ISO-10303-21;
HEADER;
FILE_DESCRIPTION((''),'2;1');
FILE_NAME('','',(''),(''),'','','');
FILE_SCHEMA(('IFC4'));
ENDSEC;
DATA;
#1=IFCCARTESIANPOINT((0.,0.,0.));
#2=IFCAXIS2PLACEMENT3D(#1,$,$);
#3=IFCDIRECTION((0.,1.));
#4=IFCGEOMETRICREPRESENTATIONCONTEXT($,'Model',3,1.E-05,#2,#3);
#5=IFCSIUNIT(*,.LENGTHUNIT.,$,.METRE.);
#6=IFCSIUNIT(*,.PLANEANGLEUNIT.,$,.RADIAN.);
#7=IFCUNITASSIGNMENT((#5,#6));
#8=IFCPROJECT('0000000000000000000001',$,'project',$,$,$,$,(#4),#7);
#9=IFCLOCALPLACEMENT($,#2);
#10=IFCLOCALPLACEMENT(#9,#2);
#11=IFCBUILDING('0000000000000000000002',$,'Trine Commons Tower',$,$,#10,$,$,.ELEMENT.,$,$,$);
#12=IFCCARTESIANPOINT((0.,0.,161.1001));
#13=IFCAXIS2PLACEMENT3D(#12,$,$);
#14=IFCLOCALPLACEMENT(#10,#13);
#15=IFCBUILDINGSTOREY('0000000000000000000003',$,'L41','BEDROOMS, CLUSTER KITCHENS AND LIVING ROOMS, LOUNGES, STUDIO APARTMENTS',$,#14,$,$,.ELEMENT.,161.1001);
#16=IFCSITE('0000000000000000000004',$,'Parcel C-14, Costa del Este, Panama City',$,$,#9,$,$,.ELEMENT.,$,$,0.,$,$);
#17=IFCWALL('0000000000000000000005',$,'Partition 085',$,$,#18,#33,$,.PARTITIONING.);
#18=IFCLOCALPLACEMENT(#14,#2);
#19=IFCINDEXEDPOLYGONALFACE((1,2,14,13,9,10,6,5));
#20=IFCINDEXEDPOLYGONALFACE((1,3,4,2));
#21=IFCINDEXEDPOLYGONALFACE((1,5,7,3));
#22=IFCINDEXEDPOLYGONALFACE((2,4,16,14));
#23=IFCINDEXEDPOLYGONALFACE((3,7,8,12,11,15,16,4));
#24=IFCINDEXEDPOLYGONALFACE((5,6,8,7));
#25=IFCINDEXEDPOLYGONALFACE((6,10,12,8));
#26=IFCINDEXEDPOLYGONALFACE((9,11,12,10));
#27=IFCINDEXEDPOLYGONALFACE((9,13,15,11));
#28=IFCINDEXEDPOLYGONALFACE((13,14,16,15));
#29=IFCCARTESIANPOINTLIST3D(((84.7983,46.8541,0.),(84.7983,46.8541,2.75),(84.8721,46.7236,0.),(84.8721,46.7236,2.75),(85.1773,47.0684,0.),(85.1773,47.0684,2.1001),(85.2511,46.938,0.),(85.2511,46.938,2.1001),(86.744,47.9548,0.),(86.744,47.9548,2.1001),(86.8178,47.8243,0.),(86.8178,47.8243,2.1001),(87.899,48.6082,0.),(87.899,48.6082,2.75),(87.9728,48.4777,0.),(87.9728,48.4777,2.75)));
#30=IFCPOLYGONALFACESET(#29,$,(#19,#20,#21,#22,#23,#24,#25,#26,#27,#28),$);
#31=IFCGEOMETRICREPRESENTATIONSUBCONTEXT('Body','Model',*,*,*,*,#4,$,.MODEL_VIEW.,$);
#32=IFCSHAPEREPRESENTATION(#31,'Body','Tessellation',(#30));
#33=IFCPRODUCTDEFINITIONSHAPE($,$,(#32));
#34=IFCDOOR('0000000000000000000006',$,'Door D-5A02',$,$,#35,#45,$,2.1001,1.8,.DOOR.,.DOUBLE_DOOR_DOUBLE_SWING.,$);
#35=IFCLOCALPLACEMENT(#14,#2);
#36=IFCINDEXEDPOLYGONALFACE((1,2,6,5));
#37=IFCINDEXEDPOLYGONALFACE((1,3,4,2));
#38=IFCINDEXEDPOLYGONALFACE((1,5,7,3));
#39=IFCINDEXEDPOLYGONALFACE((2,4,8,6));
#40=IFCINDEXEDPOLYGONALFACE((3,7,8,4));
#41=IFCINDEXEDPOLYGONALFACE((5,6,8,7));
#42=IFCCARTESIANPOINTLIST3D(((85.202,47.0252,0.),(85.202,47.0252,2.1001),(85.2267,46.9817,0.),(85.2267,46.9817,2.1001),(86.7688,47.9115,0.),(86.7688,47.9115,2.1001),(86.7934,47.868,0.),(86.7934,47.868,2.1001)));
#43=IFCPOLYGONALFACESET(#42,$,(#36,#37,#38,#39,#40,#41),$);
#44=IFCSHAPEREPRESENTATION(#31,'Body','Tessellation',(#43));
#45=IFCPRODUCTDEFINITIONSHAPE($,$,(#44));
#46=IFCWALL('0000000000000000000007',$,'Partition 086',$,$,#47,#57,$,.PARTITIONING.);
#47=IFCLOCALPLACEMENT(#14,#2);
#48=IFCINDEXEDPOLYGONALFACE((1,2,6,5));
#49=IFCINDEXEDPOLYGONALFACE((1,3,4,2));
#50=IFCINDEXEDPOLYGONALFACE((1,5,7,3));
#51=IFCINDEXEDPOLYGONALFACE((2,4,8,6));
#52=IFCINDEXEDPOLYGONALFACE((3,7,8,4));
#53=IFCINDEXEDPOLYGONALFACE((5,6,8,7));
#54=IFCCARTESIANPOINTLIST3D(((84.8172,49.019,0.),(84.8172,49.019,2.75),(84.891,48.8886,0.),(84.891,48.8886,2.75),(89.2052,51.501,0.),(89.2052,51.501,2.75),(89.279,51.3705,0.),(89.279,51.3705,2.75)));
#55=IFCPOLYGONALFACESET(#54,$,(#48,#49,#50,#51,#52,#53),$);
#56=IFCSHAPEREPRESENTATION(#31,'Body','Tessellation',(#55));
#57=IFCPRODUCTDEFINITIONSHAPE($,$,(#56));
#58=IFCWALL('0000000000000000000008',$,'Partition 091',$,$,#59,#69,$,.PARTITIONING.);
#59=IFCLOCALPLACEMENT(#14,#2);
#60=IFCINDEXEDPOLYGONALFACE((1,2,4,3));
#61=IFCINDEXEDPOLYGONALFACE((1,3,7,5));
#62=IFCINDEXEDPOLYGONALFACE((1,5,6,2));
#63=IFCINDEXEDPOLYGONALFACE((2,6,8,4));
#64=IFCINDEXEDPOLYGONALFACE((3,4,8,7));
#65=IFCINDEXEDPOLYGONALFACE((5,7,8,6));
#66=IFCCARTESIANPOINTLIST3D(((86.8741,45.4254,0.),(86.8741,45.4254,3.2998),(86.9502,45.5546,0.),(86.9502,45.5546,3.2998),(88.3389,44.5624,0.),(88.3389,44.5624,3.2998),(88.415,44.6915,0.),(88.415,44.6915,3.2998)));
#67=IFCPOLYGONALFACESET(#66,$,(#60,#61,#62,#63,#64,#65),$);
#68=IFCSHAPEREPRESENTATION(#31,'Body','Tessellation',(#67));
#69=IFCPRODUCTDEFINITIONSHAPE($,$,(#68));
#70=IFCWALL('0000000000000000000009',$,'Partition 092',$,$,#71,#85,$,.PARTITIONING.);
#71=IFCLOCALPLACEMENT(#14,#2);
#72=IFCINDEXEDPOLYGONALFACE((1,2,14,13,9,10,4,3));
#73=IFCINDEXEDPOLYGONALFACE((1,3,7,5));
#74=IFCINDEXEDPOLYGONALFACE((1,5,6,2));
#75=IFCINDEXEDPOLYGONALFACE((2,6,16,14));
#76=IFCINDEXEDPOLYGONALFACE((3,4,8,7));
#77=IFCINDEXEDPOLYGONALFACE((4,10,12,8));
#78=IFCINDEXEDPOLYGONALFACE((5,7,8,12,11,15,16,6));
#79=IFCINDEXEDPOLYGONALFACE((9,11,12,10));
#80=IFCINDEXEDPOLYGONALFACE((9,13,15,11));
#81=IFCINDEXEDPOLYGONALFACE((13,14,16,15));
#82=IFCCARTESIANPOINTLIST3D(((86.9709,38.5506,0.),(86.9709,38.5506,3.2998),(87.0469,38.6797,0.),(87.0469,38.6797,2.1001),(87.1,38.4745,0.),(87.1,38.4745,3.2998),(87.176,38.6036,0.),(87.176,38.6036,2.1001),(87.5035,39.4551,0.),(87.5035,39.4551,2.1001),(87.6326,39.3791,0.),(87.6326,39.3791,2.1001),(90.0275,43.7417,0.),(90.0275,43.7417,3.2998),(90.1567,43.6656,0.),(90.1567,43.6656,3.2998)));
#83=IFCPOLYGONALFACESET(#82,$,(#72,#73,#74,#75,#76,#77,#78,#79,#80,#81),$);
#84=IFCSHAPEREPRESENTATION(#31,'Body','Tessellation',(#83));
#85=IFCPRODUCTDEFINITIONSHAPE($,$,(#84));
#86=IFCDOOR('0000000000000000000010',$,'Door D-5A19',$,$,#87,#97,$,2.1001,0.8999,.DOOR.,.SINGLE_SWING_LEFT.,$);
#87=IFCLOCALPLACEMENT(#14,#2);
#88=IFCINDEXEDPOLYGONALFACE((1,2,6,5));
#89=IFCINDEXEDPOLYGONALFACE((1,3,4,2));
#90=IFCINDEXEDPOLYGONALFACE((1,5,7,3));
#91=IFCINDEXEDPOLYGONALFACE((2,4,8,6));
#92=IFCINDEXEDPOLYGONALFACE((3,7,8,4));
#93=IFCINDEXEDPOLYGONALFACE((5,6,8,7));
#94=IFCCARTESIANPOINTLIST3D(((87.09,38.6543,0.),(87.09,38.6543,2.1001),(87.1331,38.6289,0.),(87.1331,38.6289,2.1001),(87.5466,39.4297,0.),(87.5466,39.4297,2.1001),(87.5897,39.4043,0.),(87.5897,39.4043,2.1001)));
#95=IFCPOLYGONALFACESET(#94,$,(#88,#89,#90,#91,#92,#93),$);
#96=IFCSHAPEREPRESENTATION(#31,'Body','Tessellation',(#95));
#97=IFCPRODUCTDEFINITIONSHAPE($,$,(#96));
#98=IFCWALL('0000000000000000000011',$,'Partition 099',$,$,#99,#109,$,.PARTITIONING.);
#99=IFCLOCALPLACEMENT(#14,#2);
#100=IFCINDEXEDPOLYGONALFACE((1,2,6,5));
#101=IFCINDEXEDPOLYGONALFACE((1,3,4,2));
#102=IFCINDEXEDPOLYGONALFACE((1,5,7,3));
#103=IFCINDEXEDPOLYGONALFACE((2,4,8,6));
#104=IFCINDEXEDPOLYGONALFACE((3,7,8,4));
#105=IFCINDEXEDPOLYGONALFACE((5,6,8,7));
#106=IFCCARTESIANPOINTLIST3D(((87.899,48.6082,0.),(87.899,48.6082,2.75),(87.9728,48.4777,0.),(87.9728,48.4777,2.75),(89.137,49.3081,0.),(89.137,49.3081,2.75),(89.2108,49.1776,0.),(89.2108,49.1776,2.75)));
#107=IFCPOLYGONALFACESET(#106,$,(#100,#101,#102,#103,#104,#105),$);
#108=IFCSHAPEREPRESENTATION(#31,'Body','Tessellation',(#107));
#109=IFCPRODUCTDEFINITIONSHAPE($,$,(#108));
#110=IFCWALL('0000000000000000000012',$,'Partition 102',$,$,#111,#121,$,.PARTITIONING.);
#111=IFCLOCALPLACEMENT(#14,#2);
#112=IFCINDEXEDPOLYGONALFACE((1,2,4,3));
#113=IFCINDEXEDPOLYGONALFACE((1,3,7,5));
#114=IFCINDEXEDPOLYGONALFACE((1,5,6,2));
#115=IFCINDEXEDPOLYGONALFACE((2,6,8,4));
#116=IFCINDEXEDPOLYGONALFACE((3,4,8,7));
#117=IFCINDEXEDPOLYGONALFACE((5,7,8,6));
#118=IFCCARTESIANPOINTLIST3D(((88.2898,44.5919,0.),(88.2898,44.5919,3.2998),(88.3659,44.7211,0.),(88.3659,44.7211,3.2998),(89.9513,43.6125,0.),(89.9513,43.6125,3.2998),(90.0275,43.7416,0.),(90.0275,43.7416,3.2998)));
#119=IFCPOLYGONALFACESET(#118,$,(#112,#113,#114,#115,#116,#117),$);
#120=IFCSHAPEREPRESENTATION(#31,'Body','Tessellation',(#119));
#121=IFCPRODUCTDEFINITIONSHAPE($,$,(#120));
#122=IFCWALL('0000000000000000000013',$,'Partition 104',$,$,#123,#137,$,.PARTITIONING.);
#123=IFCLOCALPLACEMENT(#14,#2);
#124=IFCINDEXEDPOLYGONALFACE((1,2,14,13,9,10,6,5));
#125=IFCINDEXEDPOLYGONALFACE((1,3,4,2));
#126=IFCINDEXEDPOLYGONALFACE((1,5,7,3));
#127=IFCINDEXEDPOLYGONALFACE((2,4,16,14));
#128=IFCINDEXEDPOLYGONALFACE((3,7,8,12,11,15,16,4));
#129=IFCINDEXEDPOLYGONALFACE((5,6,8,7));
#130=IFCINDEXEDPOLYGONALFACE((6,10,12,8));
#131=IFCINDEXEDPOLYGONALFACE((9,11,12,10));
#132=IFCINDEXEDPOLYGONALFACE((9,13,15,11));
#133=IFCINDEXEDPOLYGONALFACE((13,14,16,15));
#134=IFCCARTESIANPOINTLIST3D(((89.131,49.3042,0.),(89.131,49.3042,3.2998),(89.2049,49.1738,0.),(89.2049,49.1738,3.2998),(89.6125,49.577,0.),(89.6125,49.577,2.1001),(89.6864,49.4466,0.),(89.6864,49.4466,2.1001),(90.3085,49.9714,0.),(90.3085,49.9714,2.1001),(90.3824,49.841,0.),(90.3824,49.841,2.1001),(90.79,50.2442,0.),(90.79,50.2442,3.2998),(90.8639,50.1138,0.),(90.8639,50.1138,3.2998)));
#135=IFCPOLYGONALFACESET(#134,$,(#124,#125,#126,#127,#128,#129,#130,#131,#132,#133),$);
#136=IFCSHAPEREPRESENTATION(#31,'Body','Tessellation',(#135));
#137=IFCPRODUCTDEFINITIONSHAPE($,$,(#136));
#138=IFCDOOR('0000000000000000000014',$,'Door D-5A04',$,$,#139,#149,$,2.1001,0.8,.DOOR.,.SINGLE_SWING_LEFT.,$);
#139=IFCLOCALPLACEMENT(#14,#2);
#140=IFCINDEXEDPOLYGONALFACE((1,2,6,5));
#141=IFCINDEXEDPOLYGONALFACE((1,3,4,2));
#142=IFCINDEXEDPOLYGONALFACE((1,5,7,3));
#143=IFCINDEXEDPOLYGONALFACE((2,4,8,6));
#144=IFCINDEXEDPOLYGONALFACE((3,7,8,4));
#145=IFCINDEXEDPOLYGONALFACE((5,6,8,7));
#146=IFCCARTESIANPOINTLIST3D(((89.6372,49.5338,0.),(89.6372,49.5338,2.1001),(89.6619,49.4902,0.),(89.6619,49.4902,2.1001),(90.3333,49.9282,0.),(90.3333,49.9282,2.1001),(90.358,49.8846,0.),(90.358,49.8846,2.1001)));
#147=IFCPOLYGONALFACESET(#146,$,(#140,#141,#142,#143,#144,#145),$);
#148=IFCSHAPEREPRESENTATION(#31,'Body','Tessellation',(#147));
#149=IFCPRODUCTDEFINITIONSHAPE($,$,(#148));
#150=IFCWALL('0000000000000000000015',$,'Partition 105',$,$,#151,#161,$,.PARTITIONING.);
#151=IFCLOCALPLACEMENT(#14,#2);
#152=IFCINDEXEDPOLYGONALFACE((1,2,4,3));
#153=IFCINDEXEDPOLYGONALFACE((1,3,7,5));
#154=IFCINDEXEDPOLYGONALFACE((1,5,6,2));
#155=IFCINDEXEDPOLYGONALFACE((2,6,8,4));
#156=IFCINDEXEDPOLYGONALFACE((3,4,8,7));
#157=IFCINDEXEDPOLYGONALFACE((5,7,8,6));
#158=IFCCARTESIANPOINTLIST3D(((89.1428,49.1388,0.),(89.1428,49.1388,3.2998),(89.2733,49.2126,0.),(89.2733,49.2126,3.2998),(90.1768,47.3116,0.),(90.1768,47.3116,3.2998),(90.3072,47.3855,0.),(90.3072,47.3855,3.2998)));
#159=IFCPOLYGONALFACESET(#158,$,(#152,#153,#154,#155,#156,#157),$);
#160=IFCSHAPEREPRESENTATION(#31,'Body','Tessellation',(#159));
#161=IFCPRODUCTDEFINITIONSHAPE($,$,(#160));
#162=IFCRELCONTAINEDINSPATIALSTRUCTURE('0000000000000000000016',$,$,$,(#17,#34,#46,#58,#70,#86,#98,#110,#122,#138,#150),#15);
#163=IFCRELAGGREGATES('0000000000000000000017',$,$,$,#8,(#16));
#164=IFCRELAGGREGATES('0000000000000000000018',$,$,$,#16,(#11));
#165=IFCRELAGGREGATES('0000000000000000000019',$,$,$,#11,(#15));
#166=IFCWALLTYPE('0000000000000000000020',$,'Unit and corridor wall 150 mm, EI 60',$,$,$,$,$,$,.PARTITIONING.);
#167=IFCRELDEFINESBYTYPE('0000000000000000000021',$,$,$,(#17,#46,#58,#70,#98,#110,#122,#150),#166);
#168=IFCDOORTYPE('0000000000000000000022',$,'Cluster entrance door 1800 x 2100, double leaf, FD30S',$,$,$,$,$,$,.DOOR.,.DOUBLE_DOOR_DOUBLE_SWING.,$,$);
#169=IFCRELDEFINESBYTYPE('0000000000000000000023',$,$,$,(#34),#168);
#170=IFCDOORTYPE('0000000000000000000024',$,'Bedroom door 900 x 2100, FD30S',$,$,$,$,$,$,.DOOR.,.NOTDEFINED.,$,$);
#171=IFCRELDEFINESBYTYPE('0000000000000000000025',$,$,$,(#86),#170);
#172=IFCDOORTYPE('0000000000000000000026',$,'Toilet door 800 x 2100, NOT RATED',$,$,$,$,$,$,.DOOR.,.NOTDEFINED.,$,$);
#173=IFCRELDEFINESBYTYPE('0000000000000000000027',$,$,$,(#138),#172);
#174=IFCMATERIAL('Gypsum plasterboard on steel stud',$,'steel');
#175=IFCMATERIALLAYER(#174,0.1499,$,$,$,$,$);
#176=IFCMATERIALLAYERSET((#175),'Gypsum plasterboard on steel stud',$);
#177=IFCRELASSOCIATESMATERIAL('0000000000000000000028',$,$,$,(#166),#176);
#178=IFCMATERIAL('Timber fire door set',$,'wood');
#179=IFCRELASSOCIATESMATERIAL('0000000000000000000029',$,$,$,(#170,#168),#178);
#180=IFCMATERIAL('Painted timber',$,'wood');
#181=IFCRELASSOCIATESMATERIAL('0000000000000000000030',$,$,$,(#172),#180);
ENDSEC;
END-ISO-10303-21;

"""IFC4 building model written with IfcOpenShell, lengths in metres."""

from ifc_helpers import new_model, si_unit, direction, frame, frame_2d, origin, place, context, subcontext, project, spatial, rectangle, extrude, material, layer, layer_set, type_object, element, fill, save


model = new_model("IFC4")

# Units and contexts
model_context = context("Model", 3, precision=1e-05, world=origin(), true_north=direction((0.0, 1.0)))
body_context = subcontext(model_context, "Body", "Model", "MODEL_VIEW")
ifc_project = project(units=[si_unit("LENGTHUNIT", "METRE"), si_unit("PLANEANGLEUNIT", "RADIAN")], contexts=[model_context])

# Site, building, storey
site_placement = place(None, origin())
site = spatial("IfcSite", under=ifc_project, at=site_placement, Name="Parcel C-14, Costa del Este, Panama City", CompositionType="ELEMENT", RefElevation=0.0)
building_placement = place(site_placement, origin())
building = spatial("IfcBuilding", under=site, at=building_placement, Name="Trine Commons Tower", CompositionType="ELEMENT")
storey_placement = place(building_placement, frame((0.0, 0.0, 161.1001)))
storey = spatial("IfcBuildingStorey", under=building, at=storey_placement, Name="L41", Description="BEDROOMS, CLUSTER KITCHENS AND LIVING ROOMS, LOUNGES, STUDIO APARTMENTS", CompositionType="ELEMENT", Elevation=161.1001)

# Shared definitions
ifc_material_1 = material(Name="Gypsum plasterboard on steel stud", Category="steel")
ifc_layer_1 = layer(ifc_material_1, 0.1499)
ifc_layer_set_1 = layer_set([ifc_layer_1], Name="Gypsum plasterboard on steel stud")
wall_type_1 = type_object("IfcWallType", Name="Unit and corridor wall 150 mm, EI 60", PredefinedType="PARTITIONING", material=ifc_layer_set_1)

# Shared definitions
ifc_material_2 = material(Name="Timber fire door set", Category="wood")
door_type_1 = type_object("IfcDoorType", Name="Bedroom door 900 x 2100, FD30S", OperationType="NOTDEFINED", PredefinedType="DOOR", material=ifc_material_2)

# Wall, opening, door
wall_1_placement = place(storey_placement, frame((84.8352, 46.7888, 0.0), z_axis=(0.0, 0.0, 1.0), x_axis=(0.870382, 0.492378, 0.0)))
wall_1 = element("IfcWall", 1, at=wall_1_placement, inside=storey, type_object=wall_type_1, Name="Partition 085", PredefinedType="PARTITIONING", context=body_context, shape_type="SweptSolid", body=[
    extrude(rectangle(XDim=3.5625, YDim=0.1499, at=frame_2d((1.7812, 0.0))), origin(), (0.0, 0.0, 1.0), 2.75),
])
opening_1_placement = place(wall_1_placement, frame((0.4355, 0.0, 0.0)))
opening_1 = element("IfcOpeningElement", 2, at=opening_1_placement, cuts=wall_1, PredefinedType="OPENING", context=body_context, shape_type="SweptSolid", body=[
    extrude(rectangle(XDim=1.8, YDim=2.1001, at=frame_2d((0.8999, 1.05))), frame((0.0, 0.085, 0.0), z_axis=(0.0, -1.0, 0.0), x_axis=(1.0, 0.0, 0.0)), (0.0, 0.0, 1.0), 0.1699),
])
door_type_2 = type_object("IfcDoorType", Name="Cluster entrance door 1800 x 2100, double leaf, FD30S", OperationType="DOUBLE_DOOR_DOUBLE_SWING", PredefinedType="DOOR", material=ifc_material_2)
door_1_placement = place(opening_1_placement, frame((1.8, 0.0, 0.0), z_axis=(0.0, 0.0, 1.0), x_axis=(-1.0, 0.0, 0.0)))
door_1 = element("IfcDoor", 3, at=door_1_placement, inside=storey, type_object=door_type_2, Name="Door D-5A02", OperationType="DOUBLE_DOOR_DOUBLE_SWING", OverallHeight=2.1001, OverallWidth=1.8, PredefinedType="DOOR", context=body_context, shape_type="SweptSolid", body=[
    extrude(rectangle(XDim=1.8, YDim=2.1001, at=frame_2d((0.8999, 1.05))), frame((0.0, 0.0249, 0.0), z_axis=(0.0, -1.0, 0.0), x_axis=(1.0, 0.0, 0.0)), (0.0, 0.0, 1.0), 0.05),
])
fill(opening_1, door_1)

# Walls
wall_2_placement = place(storey_placement, frame((84.8542, 48.9539, 0.0), z_axis=(0.0, 0.0, 1.0), x_axis=(0.87041, 0.492327, 0.0)))
element("IfcWall", 4, at=wall_2_placement, inside=storey, type_object=wall_type_1, Name="Partition 086", PredefinedType="PARTITIONING", context=body_context, shape_type="SweptSolid", body=[
    extrude(rectangle(XDim=5.0413, YDim=0.1499, at=frame_2d((2.5205, 0.0))), origin(), (0.0, 0.0, 1.0), 2.75),
])
wall_3_placement = place(storey_placement, frame((86.9121, 45.49, 0.0), z_axis=(0.0, 0.0, 1.0), x_axis=(0.861583, -0.507616, 0.0)))
element("IfcWall", 5, at=wall_3_placement, inside=storey, type_object=wall_type_1, Name="Partition 091", PredefinedType="PARTITIONING", context=body_context, shape_type="SweptSolid", body=[
    extrude(rectangle(XDim=1.7002, YDim=0.1499, at=frame_2d((0.8501, 0.0))), origin(), (0.0, 0.0, 1.0), 3.2998),
])

# Wall, opening, door
wall_4_placement = place(storey_placement, frame((87.0354, 38.5125, 0.0), z_axis=(0.0, 0.0, 1.0), x_axis=(0.507392, 0.861715, 0.0)))
wall_4 = element("IfcWall", 6, at=wall_4_placement, inside=storey, type_object=wall_type_1, Name="Partition 092", PredefinedType="PARTITIONING", context=body_context, shape_type="SweptSolid", body=[
    extrude(rectangle(XDim=6.0242, YDim=0.1499, at=frame_2d((3.0122, 0.0))), origin(), (0.0, 0.0, 1.0), 3.2998),
])
opening_2_placement = place(wall_4_placement, frame((0.1499, 0.0, 0.0)))
opening_2 = element("IfcOpeningElement", 7, at=opening_2_placement, cuts=wall_4, PredefinedType="OPENING", context=body_context, shape_type="SweptSolid", body=[
    extrude(rectangle(XDim=0.8999, YDim=2.1001, at=frame_2d((0.45, 1.05))), frame((0.0, 0.085, 0.0), z_axis=(0.0, -1.0, 0.0), x_axis=(1.0, 0.0, 0.0)), (0.0, 0.0, 1.0), 0.1699),
])
door_2_placement = place(opening_2_placement, origin())
door_2 = element("IfcDoor", 8, at=door_2_placement, inside=storey, type_object=door_type_1, Name="Door D-5A19", OperationType="SINGLE_SWING_LEFT", OverallHeight=2.1001, OverallWidth=0.8999, PredefinedType="DOOR", context=body_context, shape_type="SweptSolid", body=[
    extrude(rectangle(XDim=0.8999, YDim=2.1001, at=frame_2d((0.45, 1.05))), frame((0.0, 0.0249, 0.0), z_axis=(0.0, -1.0, 0.0), x_axis=(1.0, 0.0, 0.0)), (0.0, 0.0, 1.0), 0.05),
])
fill(opening_2, door_2)

# Walls
wall_5_placement = place(storey_placement, frame((87.936, 48.543, 0.0), z_axis=(0.0, 0.0, 1.0), x_axis=(0.870505, 0.492159, 0.0)))
element("IfcWall", 9, at=wall_5_placement, inside=storey, type_object=wall_type_1, Name="Partition 099", PredefinedType="PARTITIONING", context=body_context, shape_type="SweptSolid", body=[
    extrude(rectangle(XDim=1.4221, YDim=0.1499, at=frame_2d((0.7109, 0.0))), origin(), (0.0, 0.0, 1.0), 2.75),
])
wall_6_placement = place(storey_placement, frame((88.3279, 44.6565, 0.0), z_axis=(0.0, 0.0, 1.0), x_axis=(0.861465, -0.507816, 0.0)))
element("IfcWall", 10, at=wall_6_placement, inside=storey, type_object=wall_type_1, Name="Partition 102", PredefinedType="PARTITIONING", context=body_context, shape_type="SweptSolid", body=[
    extrude(rectangle(XDim=1.9287, YDim=0.1499, at=frame_2d((0.9644, 0.0))), origin(), (0.0, 0.0, 1.0), 3.2998),
])

# Wall, opening, door
wall_7_placement = place(storey_placement, frame((89.168, 49.239, 0.0), z_axis=(0.0, 0.0, 1.0), x_axis=(0.87005, 0.492964, 0.0)))
wall_7 = element("IfcWall", 11, at=wall_7_placement, inside=storey, type_object=wall_type_1, Name="Partition 104", PredefinedType="PARTITIONING", context=body_context, shape_type="SweptSolid", body=[
    extrude(rectangle(XDim=1.9067, YDim=0.1499, at=frame_2d((0.9534, 0.0))), origin(), (0.0, 0.0, 1.0), 3.2998),
])
opening_3_placement = place(wall_7_placement, frame((0.5535, 0.0, 0.0)))
opening_3 = element("IfcOpeningElement", 12, at=opening_3_placement, cuts=wall_7, PredefinedType="OPENING", context=body_context, shape_type="SweptSolid", body=[
    extrude(rectangle(XDim=0.8, YDim=2.1001, at=frame_2d((0.3999, 1.05))), frame((0.0, 0.085, 0.0), z_axis=(0.0, -1.0, 0.0), x_axis=(1.0, 0.0, 0.0)), (0.0, 0.0, 1.0), 0.1699),
])
ifc_material_3 = material(Name="Painted timber", Category="wood")
door_type_3 = type_object("IfcDoorType", Name="Toilet door 800 x 2100, NOT RATED", OperationType="NOTDEFINED", PredefinedType="DOOR", material=ifc_material_3)
door_3_placement = place(opening_3_placement, frame((0.8, 0.0, 0.0), z_axis=(0.0, 0.0, 1.0), x_axis=(-1.0, 0.0, 0.0)))
door_3 = element("IfcDoor", 13, at=door_3_placement, inside=storey, type_object=door_type_3, Name="Door D-5A04", OperationType="SINGLE_SWING_LEFT", OverallHeight=2.1001, OverallWidth=0.8, PredefinedType="DOOR", context=body_context, shape_type="SweptSolid", body=[
    extrude(rectangle(XDim=0.8, YDim=2.1001, at=frame_2d((0.3999, 1.05))), frame((0.0, 0.0249, 0.0), z_axis=(0.0, -1.0, 0.0), x_axis=(1.0, 0.0, 0.0)), (0.0, 0.0, 1.0), 0.05),
])
fill(opening_3, door_3)

# Wall
wall_8_placement = place(storey_placement, frame((89.208, 49.1758, 0.0), z_axis=(0.0, 0.0, 1.0), x_axis=(0.49249, -0.870318, 0.0)))
element("IfcWall", 14, at=wall_8_placement, inside=storey, type_object=wall_type_1, Name="Partition 105", PredefinedType="PARTITIONING", context=body_context, shape_type="SweptSolid", body=[
    extrude(rectangle(XDim=2.0994, YDim=0.1499, at=frame_2d((1.0498, 0.0))), origin(), (0.0, 0.0, 1.0), 3.2998),
])

save(model, "model.ifc")
